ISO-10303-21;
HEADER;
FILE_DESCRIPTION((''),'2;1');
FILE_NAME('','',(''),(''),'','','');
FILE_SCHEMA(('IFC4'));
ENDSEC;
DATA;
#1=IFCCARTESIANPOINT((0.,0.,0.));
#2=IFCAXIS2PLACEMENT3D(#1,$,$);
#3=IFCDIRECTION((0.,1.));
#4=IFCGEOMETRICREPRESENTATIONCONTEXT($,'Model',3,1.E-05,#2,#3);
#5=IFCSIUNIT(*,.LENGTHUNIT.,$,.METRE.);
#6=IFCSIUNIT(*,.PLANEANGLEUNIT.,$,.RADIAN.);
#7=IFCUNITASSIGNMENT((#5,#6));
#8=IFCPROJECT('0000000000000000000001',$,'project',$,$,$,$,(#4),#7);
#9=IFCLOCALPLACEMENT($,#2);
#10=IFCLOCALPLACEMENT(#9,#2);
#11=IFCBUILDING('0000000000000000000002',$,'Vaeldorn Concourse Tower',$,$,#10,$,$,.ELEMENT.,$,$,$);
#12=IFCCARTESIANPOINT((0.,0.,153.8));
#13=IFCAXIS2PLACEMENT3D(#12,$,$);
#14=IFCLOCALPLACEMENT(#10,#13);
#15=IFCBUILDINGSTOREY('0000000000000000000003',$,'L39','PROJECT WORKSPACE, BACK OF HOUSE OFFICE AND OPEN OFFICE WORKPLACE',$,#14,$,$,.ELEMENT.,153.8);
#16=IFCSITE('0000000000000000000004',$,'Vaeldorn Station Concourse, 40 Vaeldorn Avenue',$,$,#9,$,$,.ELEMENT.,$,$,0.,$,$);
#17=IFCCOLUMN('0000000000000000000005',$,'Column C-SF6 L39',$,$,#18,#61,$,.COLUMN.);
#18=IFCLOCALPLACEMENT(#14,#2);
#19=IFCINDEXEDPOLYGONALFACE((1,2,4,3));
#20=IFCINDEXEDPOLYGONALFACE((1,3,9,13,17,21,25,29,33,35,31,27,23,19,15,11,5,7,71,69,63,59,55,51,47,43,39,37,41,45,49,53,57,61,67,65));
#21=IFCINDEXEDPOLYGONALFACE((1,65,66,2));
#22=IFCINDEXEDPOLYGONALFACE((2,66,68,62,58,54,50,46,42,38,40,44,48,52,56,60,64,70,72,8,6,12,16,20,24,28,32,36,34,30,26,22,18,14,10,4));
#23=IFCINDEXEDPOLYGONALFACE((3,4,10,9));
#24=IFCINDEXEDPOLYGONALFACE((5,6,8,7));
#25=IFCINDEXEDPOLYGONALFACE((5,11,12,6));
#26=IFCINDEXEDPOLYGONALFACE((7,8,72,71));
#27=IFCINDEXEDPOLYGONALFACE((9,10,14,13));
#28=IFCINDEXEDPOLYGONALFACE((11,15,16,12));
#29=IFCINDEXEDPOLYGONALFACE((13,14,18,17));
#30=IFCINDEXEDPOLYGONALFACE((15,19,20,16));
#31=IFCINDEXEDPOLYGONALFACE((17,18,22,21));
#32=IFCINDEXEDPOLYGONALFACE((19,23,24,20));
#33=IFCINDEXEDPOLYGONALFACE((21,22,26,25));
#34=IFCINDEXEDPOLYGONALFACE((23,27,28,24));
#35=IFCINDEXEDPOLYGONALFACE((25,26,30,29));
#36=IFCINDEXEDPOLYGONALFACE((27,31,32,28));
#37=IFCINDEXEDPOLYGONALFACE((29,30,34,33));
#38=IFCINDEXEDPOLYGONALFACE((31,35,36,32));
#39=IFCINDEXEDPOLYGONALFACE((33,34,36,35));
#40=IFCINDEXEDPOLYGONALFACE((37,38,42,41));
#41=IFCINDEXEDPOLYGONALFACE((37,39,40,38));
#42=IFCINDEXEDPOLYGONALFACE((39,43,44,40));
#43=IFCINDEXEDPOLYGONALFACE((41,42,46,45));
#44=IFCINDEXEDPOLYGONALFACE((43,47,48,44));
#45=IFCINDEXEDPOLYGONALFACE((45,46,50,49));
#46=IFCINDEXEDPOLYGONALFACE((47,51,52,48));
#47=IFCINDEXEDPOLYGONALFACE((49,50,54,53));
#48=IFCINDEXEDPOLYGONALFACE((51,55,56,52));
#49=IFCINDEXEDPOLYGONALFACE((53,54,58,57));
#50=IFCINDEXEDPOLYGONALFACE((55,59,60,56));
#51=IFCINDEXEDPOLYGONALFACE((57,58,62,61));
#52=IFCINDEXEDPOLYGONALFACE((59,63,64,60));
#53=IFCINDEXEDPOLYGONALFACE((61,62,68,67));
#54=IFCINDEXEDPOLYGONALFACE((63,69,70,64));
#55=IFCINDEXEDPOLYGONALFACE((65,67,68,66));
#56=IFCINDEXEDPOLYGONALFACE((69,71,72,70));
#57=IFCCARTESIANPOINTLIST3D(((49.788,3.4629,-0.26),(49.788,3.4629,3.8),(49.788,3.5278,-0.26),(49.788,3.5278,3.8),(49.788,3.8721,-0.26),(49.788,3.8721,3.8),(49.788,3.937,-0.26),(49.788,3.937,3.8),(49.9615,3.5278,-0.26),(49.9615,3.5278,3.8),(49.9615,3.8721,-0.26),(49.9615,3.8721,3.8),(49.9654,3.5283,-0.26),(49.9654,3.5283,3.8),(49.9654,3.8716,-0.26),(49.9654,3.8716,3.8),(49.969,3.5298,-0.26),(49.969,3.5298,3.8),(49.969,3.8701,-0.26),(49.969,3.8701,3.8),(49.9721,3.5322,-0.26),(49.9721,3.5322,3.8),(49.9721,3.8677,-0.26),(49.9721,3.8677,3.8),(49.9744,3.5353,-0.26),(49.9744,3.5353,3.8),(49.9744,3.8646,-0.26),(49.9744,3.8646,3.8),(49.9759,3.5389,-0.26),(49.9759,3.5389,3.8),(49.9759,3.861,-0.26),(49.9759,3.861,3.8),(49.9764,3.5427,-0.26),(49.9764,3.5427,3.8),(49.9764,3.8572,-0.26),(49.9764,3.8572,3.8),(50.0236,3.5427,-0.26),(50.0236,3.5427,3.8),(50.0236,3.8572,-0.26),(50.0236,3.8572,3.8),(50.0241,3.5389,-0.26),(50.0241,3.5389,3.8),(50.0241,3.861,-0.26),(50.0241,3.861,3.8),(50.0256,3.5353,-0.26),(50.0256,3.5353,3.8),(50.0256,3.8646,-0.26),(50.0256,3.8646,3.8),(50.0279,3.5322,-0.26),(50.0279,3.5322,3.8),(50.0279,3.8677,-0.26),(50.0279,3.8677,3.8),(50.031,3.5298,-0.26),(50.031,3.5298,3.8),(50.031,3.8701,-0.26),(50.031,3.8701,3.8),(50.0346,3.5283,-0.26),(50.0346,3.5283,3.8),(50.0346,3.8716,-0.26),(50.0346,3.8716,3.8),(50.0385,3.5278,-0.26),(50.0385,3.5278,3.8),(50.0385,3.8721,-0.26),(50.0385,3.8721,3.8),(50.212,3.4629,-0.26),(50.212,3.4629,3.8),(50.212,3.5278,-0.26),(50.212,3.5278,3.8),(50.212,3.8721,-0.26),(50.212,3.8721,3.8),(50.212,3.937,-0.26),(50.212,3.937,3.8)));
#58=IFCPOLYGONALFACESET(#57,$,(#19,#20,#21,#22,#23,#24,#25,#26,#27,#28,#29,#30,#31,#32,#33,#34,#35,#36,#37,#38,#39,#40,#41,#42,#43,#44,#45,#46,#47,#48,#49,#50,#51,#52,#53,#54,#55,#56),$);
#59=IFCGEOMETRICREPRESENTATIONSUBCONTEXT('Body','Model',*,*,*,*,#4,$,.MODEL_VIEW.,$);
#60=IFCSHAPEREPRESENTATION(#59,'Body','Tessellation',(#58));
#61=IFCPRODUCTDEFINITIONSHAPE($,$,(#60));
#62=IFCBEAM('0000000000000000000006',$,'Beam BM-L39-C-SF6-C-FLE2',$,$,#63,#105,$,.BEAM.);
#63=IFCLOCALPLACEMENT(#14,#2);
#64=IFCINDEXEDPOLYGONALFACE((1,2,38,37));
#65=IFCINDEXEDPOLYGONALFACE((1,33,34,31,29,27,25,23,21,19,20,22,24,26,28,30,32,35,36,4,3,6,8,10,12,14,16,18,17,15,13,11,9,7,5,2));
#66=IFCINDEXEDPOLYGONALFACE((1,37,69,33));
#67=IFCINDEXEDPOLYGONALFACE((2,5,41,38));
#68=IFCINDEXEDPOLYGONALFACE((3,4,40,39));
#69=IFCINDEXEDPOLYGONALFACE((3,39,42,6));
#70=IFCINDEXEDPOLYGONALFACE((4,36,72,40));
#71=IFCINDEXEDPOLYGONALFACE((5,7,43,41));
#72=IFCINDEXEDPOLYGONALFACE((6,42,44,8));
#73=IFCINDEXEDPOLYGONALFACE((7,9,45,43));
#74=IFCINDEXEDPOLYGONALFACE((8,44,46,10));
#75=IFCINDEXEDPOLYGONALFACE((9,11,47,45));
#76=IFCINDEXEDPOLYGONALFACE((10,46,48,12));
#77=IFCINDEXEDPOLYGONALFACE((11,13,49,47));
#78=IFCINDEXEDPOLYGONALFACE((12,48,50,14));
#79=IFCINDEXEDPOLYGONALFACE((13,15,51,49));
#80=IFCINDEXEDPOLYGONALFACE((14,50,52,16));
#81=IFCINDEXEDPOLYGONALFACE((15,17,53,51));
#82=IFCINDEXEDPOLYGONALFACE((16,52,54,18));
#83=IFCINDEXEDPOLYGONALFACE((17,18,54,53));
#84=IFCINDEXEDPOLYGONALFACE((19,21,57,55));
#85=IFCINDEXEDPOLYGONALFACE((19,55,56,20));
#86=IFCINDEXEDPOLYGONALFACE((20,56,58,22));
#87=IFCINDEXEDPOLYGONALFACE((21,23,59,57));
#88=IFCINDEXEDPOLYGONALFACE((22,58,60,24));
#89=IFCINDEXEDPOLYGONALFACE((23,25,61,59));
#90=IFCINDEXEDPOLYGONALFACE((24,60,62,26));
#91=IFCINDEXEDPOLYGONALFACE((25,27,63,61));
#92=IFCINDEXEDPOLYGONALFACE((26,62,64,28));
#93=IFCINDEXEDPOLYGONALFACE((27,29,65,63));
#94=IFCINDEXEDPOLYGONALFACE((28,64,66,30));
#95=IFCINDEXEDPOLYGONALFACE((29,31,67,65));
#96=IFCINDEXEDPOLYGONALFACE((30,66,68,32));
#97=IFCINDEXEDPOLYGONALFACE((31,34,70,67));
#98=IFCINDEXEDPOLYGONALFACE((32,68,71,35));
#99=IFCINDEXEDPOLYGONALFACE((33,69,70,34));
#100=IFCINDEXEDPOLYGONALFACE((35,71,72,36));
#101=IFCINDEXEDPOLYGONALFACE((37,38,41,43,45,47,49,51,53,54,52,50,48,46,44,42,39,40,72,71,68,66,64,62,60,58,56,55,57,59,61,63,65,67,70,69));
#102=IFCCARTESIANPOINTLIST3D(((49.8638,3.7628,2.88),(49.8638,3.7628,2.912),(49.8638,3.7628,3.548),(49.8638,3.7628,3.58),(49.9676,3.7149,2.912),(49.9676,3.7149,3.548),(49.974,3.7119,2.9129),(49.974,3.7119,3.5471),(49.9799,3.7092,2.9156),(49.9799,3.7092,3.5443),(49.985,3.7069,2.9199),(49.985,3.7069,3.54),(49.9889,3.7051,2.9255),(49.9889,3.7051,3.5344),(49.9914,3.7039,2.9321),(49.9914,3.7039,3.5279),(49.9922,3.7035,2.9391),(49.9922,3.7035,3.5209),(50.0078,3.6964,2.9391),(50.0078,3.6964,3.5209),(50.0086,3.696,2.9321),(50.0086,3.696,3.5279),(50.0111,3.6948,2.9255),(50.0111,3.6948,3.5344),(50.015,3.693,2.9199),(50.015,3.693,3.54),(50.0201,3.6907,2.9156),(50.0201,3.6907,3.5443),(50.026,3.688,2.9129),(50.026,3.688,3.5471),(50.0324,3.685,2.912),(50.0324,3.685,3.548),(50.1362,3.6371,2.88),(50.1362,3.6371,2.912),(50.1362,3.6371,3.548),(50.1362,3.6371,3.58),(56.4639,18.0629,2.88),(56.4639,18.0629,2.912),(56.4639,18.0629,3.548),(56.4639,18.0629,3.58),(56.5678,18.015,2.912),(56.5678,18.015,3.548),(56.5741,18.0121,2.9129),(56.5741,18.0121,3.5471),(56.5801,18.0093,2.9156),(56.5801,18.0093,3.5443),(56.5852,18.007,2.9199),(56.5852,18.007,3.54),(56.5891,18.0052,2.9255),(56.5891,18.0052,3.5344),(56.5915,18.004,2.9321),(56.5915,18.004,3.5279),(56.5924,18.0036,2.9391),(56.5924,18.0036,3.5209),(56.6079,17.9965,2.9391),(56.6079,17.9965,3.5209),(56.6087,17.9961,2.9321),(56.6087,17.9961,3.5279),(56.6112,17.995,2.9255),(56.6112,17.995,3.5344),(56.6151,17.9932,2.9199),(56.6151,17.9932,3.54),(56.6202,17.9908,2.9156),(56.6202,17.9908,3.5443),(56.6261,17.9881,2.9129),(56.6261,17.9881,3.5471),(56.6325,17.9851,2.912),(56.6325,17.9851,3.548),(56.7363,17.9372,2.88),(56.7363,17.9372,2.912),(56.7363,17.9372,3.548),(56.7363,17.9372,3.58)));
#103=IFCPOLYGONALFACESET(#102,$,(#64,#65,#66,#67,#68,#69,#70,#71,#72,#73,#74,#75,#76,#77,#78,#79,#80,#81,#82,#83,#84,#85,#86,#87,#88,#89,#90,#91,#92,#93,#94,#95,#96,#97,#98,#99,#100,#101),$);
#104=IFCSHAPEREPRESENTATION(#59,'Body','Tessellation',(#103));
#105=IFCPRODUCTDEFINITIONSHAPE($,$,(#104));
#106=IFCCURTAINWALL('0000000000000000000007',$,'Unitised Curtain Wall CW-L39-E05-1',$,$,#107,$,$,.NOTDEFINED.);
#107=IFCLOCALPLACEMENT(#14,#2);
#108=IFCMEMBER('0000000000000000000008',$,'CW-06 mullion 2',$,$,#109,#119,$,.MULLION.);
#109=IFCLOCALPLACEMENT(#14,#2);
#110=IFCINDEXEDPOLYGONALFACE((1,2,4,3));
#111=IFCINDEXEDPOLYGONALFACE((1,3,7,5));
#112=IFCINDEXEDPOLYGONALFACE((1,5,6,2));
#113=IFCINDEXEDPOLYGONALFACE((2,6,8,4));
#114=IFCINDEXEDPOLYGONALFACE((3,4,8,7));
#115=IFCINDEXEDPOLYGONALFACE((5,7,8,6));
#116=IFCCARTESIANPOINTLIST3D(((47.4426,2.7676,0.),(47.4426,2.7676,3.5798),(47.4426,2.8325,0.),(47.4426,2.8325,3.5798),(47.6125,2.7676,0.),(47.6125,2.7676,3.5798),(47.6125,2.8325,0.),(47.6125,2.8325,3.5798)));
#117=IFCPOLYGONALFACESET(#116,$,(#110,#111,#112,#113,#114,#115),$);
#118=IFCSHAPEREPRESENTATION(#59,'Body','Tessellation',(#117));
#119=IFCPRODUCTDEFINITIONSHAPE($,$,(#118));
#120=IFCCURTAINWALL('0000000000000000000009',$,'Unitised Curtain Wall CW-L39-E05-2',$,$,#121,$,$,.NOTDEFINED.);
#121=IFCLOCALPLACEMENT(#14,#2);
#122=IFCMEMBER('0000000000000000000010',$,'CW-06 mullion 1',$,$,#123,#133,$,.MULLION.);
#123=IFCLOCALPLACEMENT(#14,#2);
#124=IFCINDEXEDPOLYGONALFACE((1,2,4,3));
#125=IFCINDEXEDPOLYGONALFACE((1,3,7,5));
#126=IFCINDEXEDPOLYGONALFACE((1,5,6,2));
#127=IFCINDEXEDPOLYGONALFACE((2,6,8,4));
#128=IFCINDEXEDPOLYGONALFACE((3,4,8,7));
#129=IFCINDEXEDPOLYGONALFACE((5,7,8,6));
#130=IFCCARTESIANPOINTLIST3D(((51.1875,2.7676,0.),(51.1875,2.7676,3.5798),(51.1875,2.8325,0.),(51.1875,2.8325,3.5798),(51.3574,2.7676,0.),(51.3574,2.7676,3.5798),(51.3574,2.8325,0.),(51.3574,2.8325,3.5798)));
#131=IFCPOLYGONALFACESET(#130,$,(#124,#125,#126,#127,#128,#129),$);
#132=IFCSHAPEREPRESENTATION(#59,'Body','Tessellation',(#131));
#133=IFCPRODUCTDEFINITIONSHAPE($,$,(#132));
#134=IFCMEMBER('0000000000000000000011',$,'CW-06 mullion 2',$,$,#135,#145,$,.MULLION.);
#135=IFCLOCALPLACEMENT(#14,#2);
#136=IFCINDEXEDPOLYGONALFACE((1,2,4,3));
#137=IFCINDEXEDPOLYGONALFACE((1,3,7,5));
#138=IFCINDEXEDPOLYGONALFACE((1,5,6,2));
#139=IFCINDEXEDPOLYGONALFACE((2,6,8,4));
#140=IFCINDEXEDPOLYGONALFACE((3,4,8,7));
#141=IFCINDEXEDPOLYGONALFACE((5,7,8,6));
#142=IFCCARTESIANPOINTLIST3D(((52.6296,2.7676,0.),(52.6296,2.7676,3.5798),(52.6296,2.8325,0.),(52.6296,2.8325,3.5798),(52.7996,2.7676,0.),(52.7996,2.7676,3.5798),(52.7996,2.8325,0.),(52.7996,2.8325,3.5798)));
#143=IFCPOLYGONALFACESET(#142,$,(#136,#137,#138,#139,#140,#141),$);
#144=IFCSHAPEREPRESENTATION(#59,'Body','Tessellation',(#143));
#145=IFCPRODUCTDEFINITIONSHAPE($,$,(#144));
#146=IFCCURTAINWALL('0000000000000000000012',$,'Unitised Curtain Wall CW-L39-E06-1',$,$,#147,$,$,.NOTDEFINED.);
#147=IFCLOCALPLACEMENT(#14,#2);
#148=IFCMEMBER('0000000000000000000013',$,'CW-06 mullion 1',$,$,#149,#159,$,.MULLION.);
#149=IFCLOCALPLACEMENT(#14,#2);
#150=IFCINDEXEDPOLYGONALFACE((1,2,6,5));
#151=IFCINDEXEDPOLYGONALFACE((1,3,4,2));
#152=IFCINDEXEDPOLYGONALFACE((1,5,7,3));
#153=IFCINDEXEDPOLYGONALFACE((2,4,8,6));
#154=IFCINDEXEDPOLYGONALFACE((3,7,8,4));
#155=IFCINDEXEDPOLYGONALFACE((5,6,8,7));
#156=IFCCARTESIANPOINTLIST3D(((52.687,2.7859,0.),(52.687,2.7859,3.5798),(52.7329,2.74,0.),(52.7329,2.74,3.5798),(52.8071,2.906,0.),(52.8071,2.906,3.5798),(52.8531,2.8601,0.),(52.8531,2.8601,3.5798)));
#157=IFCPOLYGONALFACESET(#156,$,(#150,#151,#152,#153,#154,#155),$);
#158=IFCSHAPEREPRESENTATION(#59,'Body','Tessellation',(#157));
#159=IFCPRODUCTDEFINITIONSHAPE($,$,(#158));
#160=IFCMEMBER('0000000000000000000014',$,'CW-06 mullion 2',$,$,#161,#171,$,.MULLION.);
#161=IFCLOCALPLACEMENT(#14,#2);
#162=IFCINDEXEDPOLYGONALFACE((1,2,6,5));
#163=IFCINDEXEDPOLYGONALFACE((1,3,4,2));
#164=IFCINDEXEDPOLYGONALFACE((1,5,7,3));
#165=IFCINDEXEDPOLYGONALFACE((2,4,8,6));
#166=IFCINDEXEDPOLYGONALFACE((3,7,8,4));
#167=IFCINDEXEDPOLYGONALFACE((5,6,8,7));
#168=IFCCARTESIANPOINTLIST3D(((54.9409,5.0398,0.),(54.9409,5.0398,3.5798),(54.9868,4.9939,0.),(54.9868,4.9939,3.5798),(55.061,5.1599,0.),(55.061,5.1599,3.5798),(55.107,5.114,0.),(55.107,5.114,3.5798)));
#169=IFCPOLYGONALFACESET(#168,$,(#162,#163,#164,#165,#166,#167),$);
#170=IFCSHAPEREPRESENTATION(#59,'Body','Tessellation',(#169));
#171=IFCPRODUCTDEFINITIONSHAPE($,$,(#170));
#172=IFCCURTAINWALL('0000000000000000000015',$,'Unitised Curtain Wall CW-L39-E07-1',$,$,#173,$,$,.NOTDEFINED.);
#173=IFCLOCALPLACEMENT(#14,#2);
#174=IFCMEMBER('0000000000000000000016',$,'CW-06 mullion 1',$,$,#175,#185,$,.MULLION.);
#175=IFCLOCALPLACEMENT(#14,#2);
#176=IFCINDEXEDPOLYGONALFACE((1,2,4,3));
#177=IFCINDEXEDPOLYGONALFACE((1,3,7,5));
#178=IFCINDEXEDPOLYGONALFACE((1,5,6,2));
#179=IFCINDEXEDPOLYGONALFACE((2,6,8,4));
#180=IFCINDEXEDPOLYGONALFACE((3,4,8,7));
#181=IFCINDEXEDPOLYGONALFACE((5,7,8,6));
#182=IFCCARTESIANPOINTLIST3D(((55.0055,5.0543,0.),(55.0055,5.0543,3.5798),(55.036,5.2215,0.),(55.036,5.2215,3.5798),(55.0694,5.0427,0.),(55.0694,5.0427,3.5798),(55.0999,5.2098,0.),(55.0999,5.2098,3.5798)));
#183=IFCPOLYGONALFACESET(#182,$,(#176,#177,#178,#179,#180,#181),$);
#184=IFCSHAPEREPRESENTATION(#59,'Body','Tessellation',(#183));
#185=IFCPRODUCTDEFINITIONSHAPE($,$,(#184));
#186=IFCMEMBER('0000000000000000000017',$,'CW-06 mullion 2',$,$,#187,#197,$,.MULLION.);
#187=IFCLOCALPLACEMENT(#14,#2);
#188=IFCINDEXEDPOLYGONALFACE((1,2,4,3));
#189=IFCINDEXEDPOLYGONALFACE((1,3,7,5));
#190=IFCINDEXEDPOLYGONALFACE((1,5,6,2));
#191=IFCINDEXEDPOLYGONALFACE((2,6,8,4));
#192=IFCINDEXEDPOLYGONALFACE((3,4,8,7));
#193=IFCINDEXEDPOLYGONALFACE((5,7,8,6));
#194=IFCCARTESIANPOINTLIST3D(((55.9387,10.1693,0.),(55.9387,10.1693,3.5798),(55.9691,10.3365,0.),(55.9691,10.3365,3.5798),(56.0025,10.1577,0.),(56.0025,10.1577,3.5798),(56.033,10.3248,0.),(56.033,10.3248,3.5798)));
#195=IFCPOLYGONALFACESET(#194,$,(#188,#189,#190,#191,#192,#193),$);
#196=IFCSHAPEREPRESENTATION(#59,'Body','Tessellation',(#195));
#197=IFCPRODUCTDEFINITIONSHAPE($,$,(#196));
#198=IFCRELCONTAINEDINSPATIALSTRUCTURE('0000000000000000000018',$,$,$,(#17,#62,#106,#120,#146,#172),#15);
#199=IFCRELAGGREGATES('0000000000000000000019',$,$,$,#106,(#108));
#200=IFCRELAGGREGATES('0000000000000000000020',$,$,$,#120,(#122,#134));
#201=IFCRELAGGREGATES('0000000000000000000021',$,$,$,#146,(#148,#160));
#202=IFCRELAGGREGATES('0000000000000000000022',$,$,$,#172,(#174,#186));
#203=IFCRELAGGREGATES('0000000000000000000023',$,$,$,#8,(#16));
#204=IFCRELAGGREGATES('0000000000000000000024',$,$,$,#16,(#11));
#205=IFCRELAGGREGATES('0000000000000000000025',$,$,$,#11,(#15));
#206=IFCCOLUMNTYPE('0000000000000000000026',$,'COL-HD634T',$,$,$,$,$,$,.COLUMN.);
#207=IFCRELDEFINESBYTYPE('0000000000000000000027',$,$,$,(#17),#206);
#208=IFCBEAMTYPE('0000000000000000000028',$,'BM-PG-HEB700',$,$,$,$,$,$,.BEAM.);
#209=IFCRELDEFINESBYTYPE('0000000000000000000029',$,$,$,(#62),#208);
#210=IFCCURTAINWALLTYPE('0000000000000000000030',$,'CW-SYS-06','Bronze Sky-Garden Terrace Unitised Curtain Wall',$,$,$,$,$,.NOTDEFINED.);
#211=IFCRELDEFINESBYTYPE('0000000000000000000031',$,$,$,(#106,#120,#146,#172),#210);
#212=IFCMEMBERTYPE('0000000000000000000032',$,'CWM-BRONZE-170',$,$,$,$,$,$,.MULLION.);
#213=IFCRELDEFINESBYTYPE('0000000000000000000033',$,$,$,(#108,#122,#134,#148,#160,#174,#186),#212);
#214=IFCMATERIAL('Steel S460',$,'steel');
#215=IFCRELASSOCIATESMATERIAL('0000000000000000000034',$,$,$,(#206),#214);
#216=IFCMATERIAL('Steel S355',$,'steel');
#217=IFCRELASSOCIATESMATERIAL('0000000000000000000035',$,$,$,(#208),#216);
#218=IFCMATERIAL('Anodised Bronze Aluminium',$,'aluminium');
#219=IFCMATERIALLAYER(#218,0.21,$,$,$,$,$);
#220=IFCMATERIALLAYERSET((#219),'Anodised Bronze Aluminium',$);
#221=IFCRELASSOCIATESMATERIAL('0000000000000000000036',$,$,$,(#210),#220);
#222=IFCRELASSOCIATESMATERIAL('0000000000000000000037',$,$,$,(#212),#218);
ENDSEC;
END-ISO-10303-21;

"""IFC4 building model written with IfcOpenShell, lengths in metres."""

from ifc_helpers import new_model, si_unit, direction, frame, origin, origin_2d, place, context, subcontext, project, spatial, rectangle, i_section, extrude, source, transform, mapped, material, layer, layer_set, material_profile, profile_set, type_object, element, aggregate, save


model = new_model("IFC4")

# Units and contexts
model_context = context("Model", 3, precision=1e-05, world=origin(), true_north=direction((0.0, 1.0)))
body_context = subcontext(model_context, "Body", "Model", "MODEL_VIEW")
ifc_project = project(units=[si_unit("LENGTHUNIT", "METRE"), si_unit("PLANEANGLEUNIT", "RADIAN")], contexts=[model_context])

# Site, building, storey
site_placement = place(None, origin())
site = spatial("IfcSite", under=ifc_project, at=site_placement, Name="Vaeldorn Station Concourse, 40 Vaeldorn Avenue", CompositionType="ELEMENT", RefElevation=0.0)
building_placement = place(site_placement, origin())
building = spatial("IfcBuilding", under=site, at=building_placement, Name="Vaeldorn Concourse Tower", CompositionType="ELEMENT")
storey_placement = place(building_placement, frame((0.0, 0.0, 153.8)))
storey = spatial("IfcBuildingStorey", under=building, at=storey_placement, Name="L39", Description="PROJECT WORKSPACE, BACK OF HOUSE OFFICE AND OPEN OFFICE WORKPLACE", CompositionType="ELEMENT", Elevation=153.8)

# Column
ifc_material_1 = material(Name="Steel S460", Category="steel")
ifc_material_profile_1 = material_profile(ifc_material_1, i_section(OverallWidth=0.4241, OverallDepth=0.4741, WebThickness=0.0471, FlangeThickness=0.0649, FilletRadius=0.0149, at=origin_2d()), Name="HD 400x634")
ifc_profile_set_1 = profile_set([ifc_material_profile_1], Name="Steel S460")
column_type = type_object("IfcColumnType", Name="COL-HD634T", PredefinedType="COLUMN", material=ifc_profile_set_1)
shared_shape_1 = source(origin(), body_context, "Body", "SweptSolid", [
    extrude(i_section(OverallWidth=0.4241, OverallDepth=0.4741, WebThickness=0.0471, FlangeThickness=0.0649, FilletRadius=0.0149, at=origin_2d()), origin(), (0.0, 0.0, 1.0), 4.0601),
])
column_placement = place(storey_placement, frame((50.0, 3.7, -0.26), z_axis=(0.0, 0.0, 1.0), x_axis=(1.0, 0.0, 0.0)))
element("IfcColumn", 1, at=column_placement, inside=storey, type_object=column_type, Name="Column C-SF6 L39", PredefinedType="COLUMN", context=body_context, shape_type="MappedRepresentation", body=[
    mapped(shared_shape_1, transform((0.0, 0.0, 0.0), scale=1.0)),
])

# Beam
ifc_material_2 = material(Name="Steel S355", Category="steel")
ifc_material_profile_2 = material_profile(ifc_material_2, i_section(OverallWidth=0.3, OverallDepth=0.7, WebThickness=0.0171, FlangeThickness=0.032, FilletRadius=0.0271, at=origin_2d()), Name="HEB 700")
ifc_profile_set_2 = profile_set([ifc_material_profile_2], Name="Steel S355")
beam_type = type_object("IfcBeamType", Name="BM-PG-HEB700", PredefinedType="BEAM", material=ifc_profile_set_2)
shared_shape_2 = source(origin(), body_context, "Body", "SweptSolid", [
    extrude(i_section(OverallWidth=0.3, OverallDepth=0.7, WebThickness=0.0171, FlangeThickness=0.032, FilletRadius=0.0271, at=origin_2d()), origin(), (0.0, 0.0, 1.0), 15.7498),
])
beam_placement = place(storey_placement, frame((50.0, 3.7, 3.23), z_axis=(0.419062, 0.907958, 0.0), x_axis=(-0.907958, 0.419062, 0.0)))
element("IfcBeam", 2, at=beam_placement, inside=storey, type_object=beam_type, Name="Beam BM-L39-C-SF6-C-FLE2", PredefinedType="BEAM", context=body_context, shape_type="MappedRepresentation", body=[
    mapped(shared_shape_2, transform((0.0, 0.0, 0.0), scale=1.0)),
])

# Curtain wall, member
ifc_material_3 = material(Name="Anodised Bronze Aluminium", Category="aluminium")
ifc_layer_1 = layer(ifc_material_3, 0.21)
ifc_layer_set_1 = layer_set([ifc_layer_1], Name="Anodised Bronze Aluminium")
curtain_wall_type = type_object("IfcCurtainWallType", Name="CW-SYS-06", Description="Bronze Sky-Garden Terrace Unitised Curtain Wall", PredefinedType="NOTDEFINED", material=ifc_layer_set_1)
curtain_wall_1_placement = place(storey_placement, origin())
curtain_wall_1 = element("IfcCurtainWall", 3, at=curtain_wall_1_placement, inside=storey, type_object=curtain_wall_type, Name="Unitised Curtain Wall CW-L39-E05-1", PredefinedType="NOTDEFINED")
ifc_material_profile_3 = material_profile(ifc_material_3, rectangle(XDim=0.0649, YDim=0.1699, at=origin_2d()), Name="CWM 65x170")
ifc_profile_set_3 = profile_set([ifc_material_profile_3], Name="Anodised Bronze Aluminium")
member_type_1 = type_object("IfcMemberType", Name="CWM-BRONZE-170", PredefinedType="MULLION", material=ifc_profile_set_3)
shared_shape_3 = source(origin(), body_context, "Body", "SweptSolid", [
    extrude(rectangle(XDim=0.0649, YDim=0.1699, at=origin_2d()), origin(), (0.0, 0.0, 1.0), 3.5798),
])
member_1_placement = place(storey_placement, frame((47.5276, 2.8, 0.0), z_axis=(0.0, 0.0, 1.0), x_axis=(0.0, 1.0, 0.0)))
member_1 = element("IfcMember", 4, at=member_1_placement, type_object=member_type_1, Name="CW-06 mullion 2", PredefinedType="MULLION", context=body_context, shape_type="MappedRepresentation", body=[
    mapped(shared_shape_3, transform((0.0, 0.0, 0.0), scale=1.0)),
])

# Curtain walls, members
curtain_wall_2_placement = place(storey_placement, origin())
curtain_wall_2 = element("IfcCurtainWall", 5, at=curtain_wall_2_placement, inside=storey, type_object=curtain_wall_type, Name="Unitised Curtain Wall CW-L39-E05-2", PredefinedType="NOTDEFINED")
member_2_placement = place(storey_placement, frame((51.2725, 2.8, 0.0), z_axis=(0.0, 0.0, 1.0), x_axis=(0.0, 1.0, 0.0)))
member_2 = element("IfcMember", 6, at=member_2_placement, type_object=member_type_1, Name="CW-06 mullion 1", PredefinedType="MULLION", context=body_context, shape_type="MappedRepresentation", body=[
    mapped(shared_shape_3, transform((0.0, 0.0, 0.0), scale=1.0)),
])
member_3_placement = place(storey_placement, frame((52.7146, 2.8, 0.0), z_axis=(0.0, 0.0, 1.0), x_axis=(0.0, 1.0, 0.0)))
member_3 = element("IfcMember", 7, at=member_3_placement, type_object=member_type_1, Name="CW-06 mullion 2", PredefinedType="MULLION", context=body_context, shape_type="MappedRepresentation", body=[
    mapped(shared_shape_3, transform((0.0, 0.0, 0.0), scale=1.0)),
])
curtain_wall_3_placement = place(storey_placement, origin())
curtain_wall_3 = element("IfcCurtainWall", 8, at=curtain_wall_3_placement, inside=storey, type_object=curtain_wall_type, Name="Unitised Curtain Wall CW-L39-E06-1", PredefinedType="NOTDEFINED")
member_4_placement = place(storey_placement, frame((52.77, 2.823, 0.0), z_axis=(0.0, 0.0, 1.0), x_axis=(-0.707107, 0.707107, 0.0)))
member_4 = element("IfcMember", 9, at=member_4_placement, type_object=member_type_1, Name="CW-06 mullion 1", PredefinedType="MULLION", context=body_context, shape_type="MappedRepresentation", body=[
    mapped(shared_shape_3, transform((0.0, 0.0, 0.0), scale=1.0)),
])
member_5_placement = place(storey_placement, frame((55.0239, 5.0769, 0.0), z_axis=(0.0, 0.0, 1.0), x_axis=(-0.707107, 0.707107, 0.0)))
member_5 = element("IfcMember", 10, at=member_5_placement, type_object=member_type_1, Name="CW-06 mullion 2", PredefinedType="MULLION", context=body_context, shape_type="MappedRepresentation", body=[
    mapped(shared_shape_3, transform((0.0, 0.0, 0.0), scale=1.0)),
])
curtain_wall_4_placement = place(storey_placement, origin())
curtain_wall_4 = element("IfcCurtainWall", 11, at=curtain_wall_4_placement, inside=storey, type_object=curtain_wall_type, Name="Unitised Curtain Wall CW-L39-E07-1", PredefinedType="NOTDEFINED")
member_6_placement = place(storey_placement, frame((55.0527, 5.1321, 0.0), z_axis=(0.0, 0.0, 1.0), x_axis=(-0.983768, 0.179446, 0.0)))
member_6 = element("IfcMember", 12, at=member_6_placement, type_object=member_type_1, Name="CW-06 mullion 1", PredefinedType="MULLION", context=body_context, shape_type="MappedRepresentation", body=[
    mapped(shared_shape_3, transform((0.0, 0.0, 0.0), scale=1.0)),
])
member_7_placement = place(storey_placement, frame((55.9858, 10.2471, 0.0), z_axis=(0.0, 0.0, 1.0), x_axis=(-0.983768, 0.179446, 0.0)))
member_7 = element("IfcMember", 13, at=member_7_placement, type_object=member_type_1, Name="CW-06 mullion 2", PredefinedType="MULLION", context=body_context, shape_type="MappedRepresentation", body=[
    mapped(shared_shape_3, transform((0.0, 0.0, 0.0), scale=1.0)),
])

aggregate(curtain_wall_1, [member_1])
aggregate(curtain_wall_2, [member_2, member_3])
aggregate(curtain_wall_3, [member_4, member_5])
aggregate(curtain_wall_4, [member_6, member_7])

save(model, "model.ifc")
